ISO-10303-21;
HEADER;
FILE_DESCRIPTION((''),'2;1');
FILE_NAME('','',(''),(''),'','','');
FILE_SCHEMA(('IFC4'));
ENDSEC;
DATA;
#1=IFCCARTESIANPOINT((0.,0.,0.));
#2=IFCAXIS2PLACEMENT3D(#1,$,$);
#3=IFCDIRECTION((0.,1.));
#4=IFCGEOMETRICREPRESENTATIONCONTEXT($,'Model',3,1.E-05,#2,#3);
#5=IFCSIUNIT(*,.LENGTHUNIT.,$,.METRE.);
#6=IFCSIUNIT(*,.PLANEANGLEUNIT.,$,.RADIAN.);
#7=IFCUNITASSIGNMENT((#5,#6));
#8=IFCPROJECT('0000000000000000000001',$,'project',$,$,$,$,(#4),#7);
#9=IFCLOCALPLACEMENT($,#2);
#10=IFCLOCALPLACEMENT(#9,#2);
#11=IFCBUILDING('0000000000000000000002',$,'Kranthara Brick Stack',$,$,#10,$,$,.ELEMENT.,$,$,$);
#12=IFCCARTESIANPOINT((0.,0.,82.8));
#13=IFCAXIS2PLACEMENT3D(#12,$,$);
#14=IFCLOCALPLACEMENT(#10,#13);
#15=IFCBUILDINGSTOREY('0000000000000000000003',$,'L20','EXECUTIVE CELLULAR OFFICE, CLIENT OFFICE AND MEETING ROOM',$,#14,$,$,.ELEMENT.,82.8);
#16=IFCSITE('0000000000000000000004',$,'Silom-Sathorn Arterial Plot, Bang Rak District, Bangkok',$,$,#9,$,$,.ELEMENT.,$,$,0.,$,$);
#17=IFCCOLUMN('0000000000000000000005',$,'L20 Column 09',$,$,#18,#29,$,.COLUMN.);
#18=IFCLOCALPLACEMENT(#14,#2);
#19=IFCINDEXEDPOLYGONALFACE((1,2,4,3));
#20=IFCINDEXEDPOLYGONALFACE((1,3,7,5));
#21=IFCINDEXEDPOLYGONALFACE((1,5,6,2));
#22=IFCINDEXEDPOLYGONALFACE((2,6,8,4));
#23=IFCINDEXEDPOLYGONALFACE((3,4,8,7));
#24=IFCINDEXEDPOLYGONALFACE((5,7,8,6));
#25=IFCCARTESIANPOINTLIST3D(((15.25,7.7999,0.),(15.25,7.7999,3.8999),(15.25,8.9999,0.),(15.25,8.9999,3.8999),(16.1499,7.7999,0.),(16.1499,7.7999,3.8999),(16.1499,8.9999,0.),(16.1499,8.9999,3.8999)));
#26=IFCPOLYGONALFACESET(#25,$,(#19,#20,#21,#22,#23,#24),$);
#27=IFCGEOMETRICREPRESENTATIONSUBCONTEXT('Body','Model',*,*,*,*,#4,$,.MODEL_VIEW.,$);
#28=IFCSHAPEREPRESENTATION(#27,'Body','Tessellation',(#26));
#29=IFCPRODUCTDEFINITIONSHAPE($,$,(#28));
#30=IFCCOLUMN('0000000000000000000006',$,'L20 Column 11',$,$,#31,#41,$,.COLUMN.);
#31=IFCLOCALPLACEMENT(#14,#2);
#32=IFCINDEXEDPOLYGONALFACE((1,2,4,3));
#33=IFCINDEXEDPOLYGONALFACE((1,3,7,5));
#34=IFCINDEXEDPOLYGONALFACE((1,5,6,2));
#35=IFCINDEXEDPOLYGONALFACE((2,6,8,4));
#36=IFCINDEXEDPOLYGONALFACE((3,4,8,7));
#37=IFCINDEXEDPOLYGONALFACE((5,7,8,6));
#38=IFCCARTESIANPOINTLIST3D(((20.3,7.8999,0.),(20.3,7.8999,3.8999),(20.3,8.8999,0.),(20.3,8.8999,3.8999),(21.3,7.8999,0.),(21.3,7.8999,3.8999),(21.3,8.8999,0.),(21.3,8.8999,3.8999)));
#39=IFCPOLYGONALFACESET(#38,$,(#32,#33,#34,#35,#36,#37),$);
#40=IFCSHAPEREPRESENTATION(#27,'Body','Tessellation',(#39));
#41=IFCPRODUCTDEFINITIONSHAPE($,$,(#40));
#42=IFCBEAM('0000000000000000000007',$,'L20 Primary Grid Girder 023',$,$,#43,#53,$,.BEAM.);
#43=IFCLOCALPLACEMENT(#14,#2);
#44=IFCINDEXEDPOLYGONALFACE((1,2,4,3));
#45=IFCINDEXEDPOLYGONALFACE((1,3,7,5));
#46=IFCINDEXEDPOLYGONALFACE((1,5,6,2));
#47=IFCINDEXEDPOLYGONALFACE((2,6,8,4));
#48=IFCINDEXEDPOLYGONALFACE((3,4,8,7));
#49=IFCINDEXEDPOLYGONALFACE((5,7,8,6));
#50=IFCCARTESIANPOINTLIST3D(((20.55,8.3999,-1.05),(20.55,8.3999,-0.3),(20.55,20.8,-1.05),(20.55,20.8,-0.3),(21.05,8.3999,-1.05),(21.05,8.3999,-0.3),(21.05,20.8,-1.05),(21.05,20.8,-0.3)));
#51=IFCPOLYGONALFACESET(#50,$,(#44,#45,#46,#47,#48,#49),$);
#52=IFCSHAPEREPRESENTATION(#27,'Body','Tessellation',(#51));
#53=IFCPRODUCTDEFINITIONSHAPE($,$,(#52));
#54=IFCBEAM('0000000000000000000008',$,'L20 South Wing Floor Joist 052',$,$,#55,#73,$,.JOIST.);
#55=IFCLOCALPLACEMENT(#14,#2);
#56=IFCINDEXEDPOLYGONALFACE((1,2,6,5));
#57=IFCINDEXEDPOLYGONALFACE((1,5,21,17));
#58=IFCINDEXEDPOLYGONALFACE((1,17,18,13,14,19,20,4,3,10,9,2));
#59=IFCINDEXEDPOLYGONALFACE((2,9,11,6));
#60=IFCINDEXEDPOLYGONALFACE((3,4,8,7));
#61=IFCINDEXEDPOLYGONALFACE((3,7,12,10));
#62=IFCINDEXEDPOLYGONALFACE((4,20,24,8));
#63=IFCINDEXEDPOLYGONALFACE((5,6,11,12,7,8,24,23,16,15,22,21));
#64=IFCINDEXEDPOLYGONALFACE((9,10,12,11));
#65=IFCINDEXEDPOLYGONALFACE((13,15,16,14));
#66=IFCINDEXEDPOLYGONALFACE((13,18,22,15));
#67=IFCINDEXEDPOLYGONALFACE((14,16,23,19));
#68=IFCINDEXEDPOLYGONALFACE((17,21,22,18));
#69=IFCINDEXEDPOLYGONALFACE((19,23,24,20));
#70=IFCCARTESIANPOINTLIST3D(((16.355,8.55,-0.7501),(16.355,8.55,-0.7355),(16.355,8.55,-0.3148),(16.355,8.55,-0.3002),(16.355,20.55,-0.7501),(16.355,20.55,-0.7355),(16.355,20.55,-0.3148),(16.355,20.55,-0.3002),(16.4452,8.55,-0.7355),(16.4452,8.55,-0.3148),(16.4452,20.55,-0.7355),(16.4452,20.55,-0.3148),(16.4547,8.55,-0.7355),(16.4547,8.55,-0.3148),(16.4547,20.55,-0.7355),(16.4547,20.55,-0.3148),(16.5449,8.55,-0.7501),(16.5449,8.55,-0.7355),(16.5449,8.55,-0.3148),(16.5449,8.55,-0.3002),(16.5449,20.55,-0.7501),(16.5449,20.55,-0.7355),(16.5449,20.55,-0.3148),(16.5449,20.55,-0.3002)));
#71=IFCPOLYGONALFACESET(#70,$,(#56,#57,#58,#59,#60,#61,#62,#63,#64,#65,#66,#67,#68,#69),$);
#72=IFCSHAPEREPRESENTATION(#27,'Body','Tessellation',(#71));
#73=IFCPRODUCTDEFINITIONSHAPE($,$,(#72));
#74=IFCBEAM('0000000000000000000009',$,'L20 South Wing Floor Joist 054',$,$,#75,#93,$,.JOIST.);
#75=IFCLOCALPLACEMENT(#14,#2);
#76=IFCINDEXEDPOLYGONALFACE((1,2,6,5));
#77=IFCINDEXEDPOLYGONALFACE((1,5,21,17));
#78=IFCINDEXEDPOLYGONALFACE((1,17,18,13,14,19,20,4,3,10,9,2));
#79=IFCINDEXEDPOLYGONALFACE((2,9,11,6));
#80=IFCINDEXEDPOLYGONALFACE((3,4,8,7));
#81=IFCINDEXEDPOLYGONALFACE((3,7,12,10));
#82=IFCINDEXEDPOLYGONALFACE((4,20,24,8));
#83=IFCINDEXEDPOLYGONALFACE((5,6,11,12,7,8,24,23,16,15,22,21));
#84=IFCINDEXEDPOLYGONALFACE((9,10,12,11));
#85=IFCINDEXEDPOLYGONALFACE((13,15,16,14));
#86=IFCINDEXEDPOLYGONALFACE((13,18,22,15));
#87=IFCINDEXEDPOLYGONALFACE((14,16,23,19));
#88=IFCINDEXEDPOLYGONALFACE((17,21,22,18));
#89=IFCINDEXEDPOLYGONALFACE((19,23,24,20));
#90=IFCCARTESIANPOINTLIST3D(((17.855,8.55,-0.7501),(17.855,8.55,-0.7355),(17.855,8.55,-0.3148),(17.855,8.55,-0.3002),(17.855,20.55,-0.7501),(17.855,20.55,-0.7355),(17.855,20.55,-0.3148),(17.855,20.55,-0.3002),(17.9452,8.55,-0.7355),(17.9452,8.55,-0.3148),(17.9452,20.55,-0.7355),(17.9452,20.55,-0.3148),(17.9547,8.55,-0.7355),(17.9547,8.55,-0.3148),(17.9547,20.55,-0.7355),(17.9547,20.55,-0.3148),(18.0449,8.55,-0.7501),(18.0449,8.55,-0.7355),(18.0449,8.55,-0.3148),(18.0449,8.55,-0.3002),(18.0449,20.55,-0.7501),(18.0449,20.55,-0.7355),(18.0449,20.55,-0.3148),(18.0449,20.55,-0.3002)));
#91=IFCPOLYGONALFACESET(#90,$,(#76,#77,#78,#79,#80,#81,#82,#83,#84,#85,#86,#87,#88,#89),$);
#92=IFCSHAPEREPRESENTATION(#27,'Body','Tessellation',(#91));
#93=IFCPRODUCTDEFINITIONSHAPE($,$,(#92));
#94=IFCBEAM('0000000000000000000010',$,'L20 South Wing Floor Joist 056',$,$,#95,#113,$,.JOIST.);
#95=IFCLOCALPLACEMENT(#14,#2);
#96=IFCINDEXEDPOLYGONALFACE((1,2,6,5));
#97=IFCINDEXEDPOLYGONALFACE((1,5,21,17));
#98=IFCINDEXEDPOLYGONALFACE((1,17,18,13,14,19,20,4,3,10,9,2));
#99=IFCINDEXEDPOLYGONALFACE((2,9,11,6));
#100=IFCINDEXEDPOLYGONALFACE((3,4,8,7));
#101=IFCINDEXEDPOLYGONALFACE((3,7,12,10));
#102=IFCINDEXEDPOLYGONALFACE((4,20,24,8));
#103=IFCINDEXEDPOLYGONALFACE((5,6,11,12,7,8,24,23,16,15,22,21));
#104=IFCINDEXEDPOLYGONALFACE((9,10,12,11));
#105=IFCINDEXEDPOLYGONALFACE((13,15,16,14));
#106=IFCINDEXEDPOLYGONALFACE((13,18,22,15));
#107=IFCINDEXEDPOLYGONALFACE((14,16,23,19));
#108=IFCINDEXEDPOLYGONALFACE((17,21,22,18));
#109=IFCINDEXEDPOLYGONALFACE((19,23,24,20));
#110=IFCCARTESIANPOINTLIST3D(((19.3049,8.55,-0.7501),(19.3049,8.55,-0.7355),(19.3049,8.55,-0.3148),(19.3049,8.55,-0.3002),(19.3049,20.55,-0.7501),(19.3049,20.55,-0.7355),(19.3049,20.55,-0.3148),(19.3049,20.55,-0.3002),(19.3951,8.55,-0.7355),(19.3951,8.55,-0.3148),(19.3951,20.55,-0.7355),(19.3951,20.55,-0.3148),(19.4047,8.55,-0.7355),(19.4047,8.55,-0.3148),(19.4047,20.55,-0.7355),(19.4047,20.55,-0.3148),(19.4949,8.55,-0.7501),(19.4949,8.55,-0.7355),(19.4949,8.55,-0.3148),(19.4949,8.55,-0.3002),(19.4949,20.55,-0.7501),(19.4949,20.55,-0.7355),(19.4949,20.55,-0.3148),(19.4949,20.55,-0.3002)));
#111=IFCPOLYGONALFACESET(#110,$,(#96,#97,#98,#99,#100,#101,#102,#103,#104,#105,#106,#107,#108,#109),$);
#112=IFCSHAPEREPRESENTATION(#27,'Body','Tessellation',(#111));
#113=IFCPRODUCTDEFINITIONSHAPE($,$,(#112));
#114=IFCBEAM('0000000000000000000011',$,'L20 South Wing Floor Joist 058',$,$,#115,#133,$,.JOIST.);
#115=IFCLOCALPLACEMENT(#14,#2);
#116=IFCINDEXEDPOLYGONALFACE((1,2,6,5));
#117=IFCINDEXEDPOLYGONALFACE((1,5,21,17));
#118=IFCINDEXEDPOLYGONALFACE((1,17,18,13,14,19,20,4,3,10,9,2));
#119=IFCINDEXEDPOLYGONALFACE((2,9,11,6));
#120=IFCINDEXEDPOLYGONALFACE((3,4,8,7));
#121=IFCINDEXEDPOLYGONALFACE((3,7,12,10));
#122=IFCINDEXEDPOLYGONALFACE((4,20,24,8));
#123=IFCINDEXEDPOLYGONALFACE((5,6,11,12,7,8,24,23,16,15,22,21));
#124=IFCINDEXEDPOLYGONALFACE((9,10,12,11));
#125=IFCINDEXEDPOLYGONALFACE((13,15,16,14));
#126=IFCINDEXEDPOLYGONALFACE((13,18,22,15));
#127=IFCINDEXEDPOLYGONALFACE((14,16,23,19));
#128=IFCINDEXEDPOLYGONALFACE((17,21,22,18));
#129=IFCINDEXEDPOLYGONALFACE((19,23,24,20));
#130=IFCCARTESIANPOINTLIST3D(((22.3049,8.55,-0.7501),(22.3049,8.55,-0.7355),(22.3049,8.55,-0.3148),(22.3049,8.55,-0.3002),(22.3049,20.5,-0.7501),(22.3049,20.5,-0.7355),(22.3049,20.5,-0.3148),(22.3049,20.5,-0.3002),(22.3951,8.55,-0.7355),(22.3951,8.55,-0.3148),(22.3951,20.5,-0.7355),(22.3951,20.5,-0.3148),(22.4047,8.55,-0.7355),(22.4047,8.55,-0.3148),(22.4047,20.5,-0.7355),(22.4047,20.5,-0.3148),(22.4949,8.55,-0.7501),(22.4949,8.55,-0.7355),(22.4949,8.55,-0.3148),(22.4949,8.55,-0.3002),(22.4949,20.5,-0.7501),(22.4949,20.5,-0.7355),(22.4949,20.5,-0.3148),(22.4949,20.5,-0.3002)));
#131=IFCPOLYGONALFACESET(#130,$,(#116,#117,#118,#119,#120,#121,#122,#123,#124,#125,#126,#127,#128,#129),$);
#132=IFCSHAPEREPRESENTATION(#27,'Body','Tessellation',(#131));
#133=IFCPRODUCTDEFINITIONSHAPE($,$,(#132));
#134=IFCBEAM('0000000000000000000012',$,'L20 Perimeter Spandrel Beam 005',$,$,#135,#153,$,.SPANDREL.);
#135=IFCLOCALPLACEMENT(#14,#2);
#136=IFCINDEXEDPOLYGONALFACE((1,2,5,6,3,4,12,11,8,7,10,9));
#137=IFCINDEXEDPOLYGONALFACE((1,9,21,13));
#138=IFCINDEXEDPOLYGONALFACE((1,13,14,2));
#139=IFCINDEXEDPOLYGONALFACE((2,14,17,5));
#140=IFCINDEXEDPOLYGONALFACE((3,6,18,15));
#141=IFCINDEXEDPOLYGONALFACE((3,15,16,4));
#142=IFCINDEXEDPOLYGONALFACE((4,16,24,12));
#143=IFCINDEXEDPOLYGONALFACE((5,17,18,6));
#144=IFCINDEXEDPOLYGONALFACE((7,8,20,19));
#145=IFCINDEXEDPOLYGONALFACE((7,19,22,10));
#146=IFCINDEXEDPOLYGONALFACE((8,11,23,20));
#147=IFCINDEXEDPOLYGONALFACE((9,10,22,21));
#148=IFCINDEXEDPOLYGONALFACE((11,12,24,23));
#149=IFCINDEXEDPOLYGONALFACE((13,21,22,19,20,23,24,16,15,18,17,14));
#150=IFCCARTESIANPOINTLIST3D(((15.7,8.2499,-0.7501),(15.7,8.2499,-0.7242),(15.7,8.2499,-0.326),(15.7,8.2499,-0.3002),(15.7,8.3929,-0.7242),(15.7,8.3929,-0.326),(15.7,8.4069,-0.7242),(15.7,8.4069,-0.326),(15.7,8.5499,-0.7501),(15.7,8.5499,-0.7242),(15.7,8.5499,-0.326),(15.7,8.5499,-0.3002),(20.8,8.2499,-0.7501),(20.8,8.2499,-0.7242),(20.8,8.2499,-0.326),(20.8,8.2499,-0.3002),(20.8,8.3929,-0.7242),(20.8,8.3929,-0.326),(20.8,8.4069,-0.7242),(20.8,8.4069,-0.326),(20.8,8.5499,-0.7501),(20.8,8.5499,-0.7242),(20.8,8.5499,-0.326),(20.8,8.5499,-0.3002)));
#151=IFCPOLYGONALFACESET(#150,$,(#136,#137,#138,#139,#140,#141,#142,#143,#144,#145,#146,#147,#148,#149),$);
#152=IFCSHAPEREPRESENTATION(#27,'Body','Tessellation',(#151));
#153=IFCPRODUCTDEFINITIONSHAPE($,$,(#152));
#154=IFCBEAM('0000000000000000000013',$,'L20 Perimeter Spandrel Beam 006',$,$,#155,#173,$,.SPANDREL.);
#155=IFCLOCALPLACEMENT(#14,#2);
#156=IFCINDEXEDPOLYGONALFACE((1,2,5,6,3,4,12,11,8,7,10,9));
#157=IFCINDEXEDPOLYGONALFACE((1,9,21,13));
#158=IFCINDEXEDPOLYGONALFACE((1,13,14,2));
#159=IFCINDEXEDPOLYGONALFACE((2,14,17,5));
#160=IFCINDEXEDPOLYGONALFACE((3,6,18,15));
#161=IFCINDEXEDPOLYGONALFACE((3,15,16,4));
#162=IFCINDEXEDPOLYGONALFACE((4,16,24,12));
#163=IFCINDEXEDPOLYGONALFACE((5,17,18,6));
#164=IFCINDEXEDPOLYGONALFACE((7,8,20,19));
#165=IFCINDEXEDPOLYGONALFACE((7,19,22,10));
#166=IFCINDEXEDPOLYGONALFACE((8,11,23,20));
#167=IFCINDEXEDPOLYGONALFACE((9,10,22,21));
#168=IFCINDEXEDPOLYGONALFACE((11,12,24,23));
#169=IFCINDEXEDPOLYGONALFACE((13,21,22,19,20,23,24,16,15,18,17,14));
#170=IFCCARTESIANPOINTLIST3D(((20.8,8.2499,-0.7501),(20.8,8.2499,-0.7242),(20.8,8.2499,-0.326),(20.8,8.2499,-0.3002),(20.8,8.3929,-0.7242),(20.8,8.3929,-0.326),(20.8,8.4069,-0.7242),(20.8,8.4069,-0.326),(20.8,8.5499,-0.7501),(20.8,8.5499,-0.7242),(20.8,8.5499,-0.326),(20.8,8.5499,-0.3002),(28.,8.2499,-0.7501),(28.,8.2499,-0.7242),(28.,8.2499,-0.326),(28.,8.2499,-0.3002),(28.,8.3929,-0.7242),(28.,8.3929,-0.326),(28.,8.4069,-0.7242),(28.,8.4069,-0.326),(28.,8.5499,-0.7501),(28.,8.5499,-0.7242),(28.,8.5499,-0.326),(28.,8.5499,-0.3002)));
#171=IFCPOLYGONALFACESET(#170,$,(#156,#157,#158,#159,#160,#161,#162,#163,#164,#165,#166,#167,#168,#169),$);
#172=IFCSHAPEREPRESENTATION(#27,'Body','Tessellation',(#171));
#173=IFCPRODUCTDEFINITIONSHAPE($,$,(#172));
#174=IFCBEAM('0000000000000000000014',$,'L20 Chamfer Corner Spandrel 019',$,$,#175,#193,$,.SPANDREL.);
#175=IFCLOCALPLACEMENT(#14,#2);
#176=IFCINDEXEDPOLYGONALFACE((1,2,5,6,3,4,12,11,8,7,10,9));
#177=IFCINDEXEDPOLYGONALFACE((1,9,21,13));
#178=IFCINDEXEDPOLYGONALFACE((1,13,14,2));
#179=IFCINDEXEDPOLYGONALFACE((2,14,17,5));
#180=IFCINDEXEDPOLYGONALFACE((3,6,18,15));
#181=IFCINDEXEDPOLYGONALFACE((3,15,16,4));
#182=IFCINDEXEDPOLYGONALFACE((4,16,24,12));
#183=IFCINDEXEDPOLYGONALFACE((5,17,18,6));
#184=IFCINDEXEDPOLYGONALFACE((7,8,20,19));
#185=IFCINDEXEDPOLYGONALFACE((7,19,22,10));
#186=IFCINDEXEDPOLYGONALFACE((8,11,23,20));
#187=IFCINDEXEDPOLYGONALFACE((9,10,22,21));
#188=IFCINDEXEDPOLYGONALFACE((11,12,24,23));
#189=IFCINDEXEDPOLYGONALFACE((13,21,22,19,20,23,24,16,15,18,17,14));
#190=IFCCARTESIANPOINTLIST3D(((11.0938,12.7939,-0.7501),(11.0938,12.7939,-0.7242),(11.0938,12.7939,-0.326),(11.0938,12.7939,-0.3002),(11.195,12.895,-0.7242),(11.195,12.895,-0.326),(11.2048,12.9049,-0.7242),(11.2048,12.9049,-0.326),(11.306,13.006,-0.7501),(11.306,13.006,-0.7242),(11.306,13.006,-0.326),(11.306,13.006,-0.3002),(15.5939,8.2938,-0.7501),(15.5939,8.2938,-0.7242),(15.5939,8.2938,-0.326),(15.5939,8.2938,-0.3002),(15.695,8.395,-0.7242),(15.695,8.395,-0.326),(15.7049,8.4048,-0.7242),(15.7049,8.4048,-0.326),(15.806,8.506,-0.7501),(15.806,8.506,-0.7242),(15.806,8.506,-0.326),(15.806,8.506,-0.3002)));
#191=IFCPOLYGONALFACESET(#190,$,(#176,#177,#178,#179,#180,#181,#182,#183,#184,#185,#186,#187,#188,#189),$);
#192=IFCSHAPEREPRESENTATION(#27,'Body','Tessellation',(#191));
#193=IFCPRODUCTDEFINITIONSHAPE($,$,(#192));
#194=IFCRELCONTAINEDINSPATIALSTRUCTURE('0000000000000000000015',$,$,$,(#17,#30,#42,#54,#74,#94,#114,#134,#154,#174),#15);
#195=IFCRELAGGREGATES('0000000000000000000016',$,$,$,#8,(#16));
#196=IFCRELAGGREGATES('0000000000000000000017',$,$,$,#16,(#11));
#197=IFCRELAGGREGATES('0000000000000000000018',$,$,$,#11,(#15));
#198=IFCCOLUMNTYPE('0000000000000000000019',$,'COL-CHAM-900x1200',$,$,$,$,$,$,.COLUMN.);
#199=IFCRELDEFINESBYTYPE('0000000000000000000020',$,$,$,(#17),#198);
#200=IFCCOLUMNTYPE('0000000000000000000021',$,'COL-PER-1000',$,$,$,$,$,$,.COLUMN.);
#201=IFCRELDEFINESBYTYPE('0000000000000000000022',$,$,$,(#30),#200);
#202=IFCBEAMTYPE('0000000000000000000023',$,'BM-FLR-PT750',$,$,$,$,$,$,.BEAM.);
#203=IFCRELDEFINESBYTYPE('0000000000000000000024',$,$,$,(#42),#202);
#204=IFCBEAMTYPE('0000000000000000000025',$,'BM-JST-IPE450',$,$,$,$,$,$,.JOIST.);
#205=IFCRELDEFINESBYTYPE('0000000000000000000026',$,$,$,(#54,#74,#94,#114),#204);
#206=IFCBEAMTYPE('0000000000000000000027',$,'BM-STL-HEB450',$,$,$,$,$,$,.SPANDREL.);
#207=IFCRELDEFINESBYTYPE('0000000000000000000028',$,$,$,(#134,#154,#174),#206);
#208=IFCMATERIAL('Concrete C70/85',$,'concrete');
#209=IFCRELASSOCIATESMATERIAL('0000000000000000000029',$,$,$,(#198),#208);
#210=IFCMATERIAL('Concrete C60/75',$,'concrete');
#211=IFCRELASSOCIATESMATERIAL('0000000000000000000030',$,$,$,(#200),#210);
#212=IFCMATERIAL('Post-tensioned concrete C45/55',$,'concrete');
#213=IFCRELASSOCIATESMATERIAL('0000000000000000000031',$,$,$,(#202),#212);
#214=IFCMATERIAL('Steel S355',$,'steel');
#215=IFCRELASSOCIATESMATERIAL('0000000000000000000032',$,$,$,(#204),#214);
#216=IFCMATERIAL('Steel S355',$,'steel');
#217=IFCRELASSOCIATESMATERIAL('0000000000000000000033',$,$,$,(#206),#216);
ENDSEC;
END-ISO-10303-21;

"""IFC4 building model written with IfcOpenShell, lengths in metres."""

from ifc_helpers import new_model, si_unit, direction, frame, origin, origin_2d, place, context, subcontext, project, spatial, rectangle, i_section, extrude, material, material_profile, profile_set, type_object, element, save


model = new_model("IFC4")

# Units and contexts
model_context = context("Model", 3, precision=1e-05, world=origin(), true_north=direction((0.0, 1.0)))
body_context = subcontext(model_context, "Body", "Model", "MODEL_VIEW")
ifc_project = project(units=[si_unit("LENGTHUNIT", "METRE"), si_unit("PLANEANGLEUNIT", "RADIAN")], contexts=[model_context])

# Site, building, storey
site_placement = place(None, origin())
site = spatial("IfcSite", under=ifc_project, at=site_placement, Name="Silom-Sathorn Arterial Plot, Bang Rak District, Bangkok", CompositionType="ELEMENT", RefElevation=0.0)
building_placement = place(site_placement, origin())
building = spatial("IfcBuilding", under=site, at=building_placement, Name="Kranthara Brick Stack", CompositionType="ELEMENT")
storey_placement = place(building_placement, frame((0.0, 0.0, 82.8)))
storey = spatial("IfcBuildingStorey", under=building, at=storey_placement, Name="L20", Description="EXECUTIVE CELLULAR OFFICE, CLIENT OFFICE AND MEETING ROOM", CompositionType="ELEMENT", Elevation=82.8)

# Columns
ifc_material_1 = material(Name="Concrete C70/85", Category="concrete")
ifc_material_profile_1 = material_profile(ifc_material_1, rectangle(XDim=0.8999, YDim=1.2, at=origin_2d()), Name="RC 900x1200")
ifc_profile_set_1 = profile_set([ifc_material_profile_1], Name="Concrete C70/85")
column_type_1 = type_object("IfcColumnType", Name="COL-CHAM-900x1200", PredefinedType="COLUMN", material=ifc_profile_set_1)
column_1_placement = place(storey_placement, frame((15.7, 8.3999, 0.0), z_axis=(0.0, 0.0, 1.0), x_axis=(1.0, 0.0, 0.0)))
element("IfcColumn", 1, at=column_1_placement, inside=storey, type_object=column_type_1, Name="L20 Column 09", PredefinedType="COLUMN", context=body_context, shape_type="SweptSolid", body=[
    extrude(rectangle(XDim=0.8999, YDim=1.2, at=origin_2d()), origin(), (0.0, 0.0, 1.0), 3.8999),
])
ifc_material_2 = material(Name="Concrete C60/75", Category="concrete")
ifc_material_profile_2 = material_profile(ifc_material_2, rectangle(XDim=1.0, YDim=1.0, at=origin_2d()), Name="RC 1000x1000")
ifc_profile_set_2 = profile_set([ifc_material_profile_2], Name="Concrete C60/75")
column_type_2 = type_object("IfcColumnType", Name="COL-PER-1000", PredefinedType="COLUMN", material=ifc_profile_set_2)
column_2_placement = place(storey_placement, frame((20.8, 8.3999, 0.0), z_axis=(0.0, 0.0, 1.0), x_axis=(1.0, 0.0, 0.0)))
element("IfcColumn", 2, at=column_2_placement, inside=storey, type_object=column_type_2, Name="L20 Column 11", PredefinedType="COLUMN", context=body_context, shape_type="SweptSolid", body=[
    extrude(rectangle(XDim=1.0, YDim=1.0, at=origin_2d()), origin(), (0.0, 0.0, 1.0), 3.8999),
])

# Beams
ifc_material_3 = material(Name="Post-tensioned concrete C45/55", Category="concrete")
ifc_material_profile_3 = material_profile(ifc_material_3, rectangle(XDim=0.5, YDim=0.75, at=origin_2d()), Name="PT 500x750")
ifc_profile_set_3 = profile_set([ifc_material_profile_3], Name="Post-tensioned concrete C45/55")
beam_type_1 = type_object("IfcBeamType", Name="BM-FLR-PT750", PredefinedType="BEAM", material=ifc_profile_set_3)
beam_1_placement = place(storey_placement, frame((20.8, 8.3999, -0.675), z_axis=(0.0, 1.0, 0.0), x_axis=(-1.0, 0.0, 0.0)))
element("IfcBeam", 3, at=beam_1_placement, inside=storey, type_object=beam_type_1, Name="L20 Primary Grid Girder 023", PredefinedType="BEAM", context=body_context, shape_type="SweptSolid", body=[
    extrude(rectangle(XDim=0.5, YDim=0.75, at=origin_2d()), origin(), (0.0, 0.0, 1.0), 12.4001),
])
ifc_material_4 = material(Name="Steel S355", Category="steel")
ifc_material_profile_4 = material_profile(ifc_material_4, i_section(OverallWidth=0.1899, OverallDepth=0.45, WebThickness=0.0095, FlangeThickness=0.0146, at=origin_2d()), Name="IPE 450")
ifc_profile_set_4 = profile_set([ifc_material_profile_4], Name="Steel S355")
beam_type_2 = type_object("IfcBeamType", Name="BM-JST-IPE450", PredefinedType="JOIST", material=ifc_profile_set_4)
for number, where, z_axis, x_axis, name in (
    (4, (16.45, 8.55, -0.5251), (0.0, 1.0, 0.0), (-1.0, 0.0, 0.0), "L20 South Wing Floor Joist 052"),
    (5, (17.95, 8.55, -0.5251), (0.0, 1.0, 0.0), (-1.0, 0.0, 0.0), "L20 South Wing Floor Joist 054"),
    (6, (19.3999, 8.55, -0.5251), (0.0, 1.0, 0.0), (-1.0, 0.0, 0.0), "L20 South Wing Floor Joist 056"),
):
    element("IfcBeam", number, at=place(storey_placement, frame(where, z_axis=z_axis, x_axis=x_axis)), inside=storey, type_object=beam_type_2, Name=name, PredefinedType="JOIST", context=body_context, shape_type="SweptSolid", body=[
        extrude(i_section(OverallWidth=0.1899, OverallDepth=0.45, WebThickness=0.0095, FlangeThickness=0.0146, at=origin_2d()), origin(), (0.0, 0.0, 1.0), 12.0),
    ])
beam_2_placement = place(storey_placement, frame((22.3999, 8.55, -0.5251), z_axis=(0.0, 1.0, 0.0), x_axis=(-1.0, 0.0, 0.0)))
element("IfcBeam", 7, at=beam_2_placement, inside=storey, type_object=beam_type_2, Name="L20 South Wing Floor Joist 058", PredefinedType="JOIST", context=body_context, shape_type="SweptSolid", body=[
    extrude(i_section(OverallWidth=0.1899, OverallDepth=0.45, WebThickness=0.0095, FlangeThickness=0.0146, at=origin_2d()), origin(), (0.0, 0.0, 1.0), 11.95),
])
ifc_material_5 = material(Name="Steel S355", Category="steel")
ifc_material_profile_5 = material_profile(ifc_material_5, i_section(OverallWidth=0.3, OverallDepth=0.45, WebThickness=0.0139, FlangeThickness=0.0259, at=origin_2d()), Name="HEB 450")
ifc_profile_set_5 = profile_set([ifc_material_profile_5], Name="Steel S355")
beam_type_3 = type_object("IfcBeamType", Name="BM-STL-HEB450", PredefinedType="SPANDREL", material=ifc_profile_set_5)
beam_3_placement = place(storey_placement, frame((15.7, 8.3999, -0.5251), z_axis=(1.0, 0.0, 0.0), x_axis=(0.0, 1.0, 0.0)))
element("IfcBeam", 8, at=beam_3_placement, inside=storey, type_object=beam_type_3, Name="L20 Perimeter Spandrel Beam 005", PredefinedType="SPANDREL", context=body_context, shape_type="SweptSolid", body=[
    extrude(i_section(OverallWidth=0.3, OverallDepth=0.45, WebThickness=0.0139, FlangeThickness=0.0259, at=origin_2d()), origin(), (0.0, 0.0, 1.0), 5.1001),
])
beam_4_placement = place(storey_placement, frame((20.8, 8.3999, -0.5251), z_axis=(1.0, 0.0, 0.0), x_axis=(0.0, 1.0, 0.0)))
element("IfcBeam", 9, at=beam_4_placement, inside=storey, type_object=beam_type_3, Name="L20 Perimeter Spandrel Beam 006", PredefinedType="SPANDREL", context=body_context, shape_type="SweptSolid", body=[
    extrude(i_section(OverallWidth=0.3, OverallDepth=0.45, WebThickness=0.0139, FlangeThickness=0.0259, at=origin_2d()), origin(), (0.0, 0.0, 1.0), 7.2),
])
beam_5_placement = place(storey_placement, frame((15.7, 8.3999, -0.5251), z_axis=(-0.707107, 0.707107, 0.0), x_axis=(-0.707107, -0.707107, 0.0)))
element("IfcBeam", 10, at=beam_5_placement, inside=storey, type_object=beam_type_3, Name="L20 Chamfer Corner Spandrel 019", PredefinedType="SPANDREL", context=body_context, shape_type="SweptSolid", body=[
    extrude(i_section(OverallWidth=0.3, OverallDepth=0.45, WebThickness=0.0139, FlangeThickness=0.0259, at=origin_2d()), origin(), (0.0, 0.0, 1.0), 6.364),
])

save(model, "model.ifc")
